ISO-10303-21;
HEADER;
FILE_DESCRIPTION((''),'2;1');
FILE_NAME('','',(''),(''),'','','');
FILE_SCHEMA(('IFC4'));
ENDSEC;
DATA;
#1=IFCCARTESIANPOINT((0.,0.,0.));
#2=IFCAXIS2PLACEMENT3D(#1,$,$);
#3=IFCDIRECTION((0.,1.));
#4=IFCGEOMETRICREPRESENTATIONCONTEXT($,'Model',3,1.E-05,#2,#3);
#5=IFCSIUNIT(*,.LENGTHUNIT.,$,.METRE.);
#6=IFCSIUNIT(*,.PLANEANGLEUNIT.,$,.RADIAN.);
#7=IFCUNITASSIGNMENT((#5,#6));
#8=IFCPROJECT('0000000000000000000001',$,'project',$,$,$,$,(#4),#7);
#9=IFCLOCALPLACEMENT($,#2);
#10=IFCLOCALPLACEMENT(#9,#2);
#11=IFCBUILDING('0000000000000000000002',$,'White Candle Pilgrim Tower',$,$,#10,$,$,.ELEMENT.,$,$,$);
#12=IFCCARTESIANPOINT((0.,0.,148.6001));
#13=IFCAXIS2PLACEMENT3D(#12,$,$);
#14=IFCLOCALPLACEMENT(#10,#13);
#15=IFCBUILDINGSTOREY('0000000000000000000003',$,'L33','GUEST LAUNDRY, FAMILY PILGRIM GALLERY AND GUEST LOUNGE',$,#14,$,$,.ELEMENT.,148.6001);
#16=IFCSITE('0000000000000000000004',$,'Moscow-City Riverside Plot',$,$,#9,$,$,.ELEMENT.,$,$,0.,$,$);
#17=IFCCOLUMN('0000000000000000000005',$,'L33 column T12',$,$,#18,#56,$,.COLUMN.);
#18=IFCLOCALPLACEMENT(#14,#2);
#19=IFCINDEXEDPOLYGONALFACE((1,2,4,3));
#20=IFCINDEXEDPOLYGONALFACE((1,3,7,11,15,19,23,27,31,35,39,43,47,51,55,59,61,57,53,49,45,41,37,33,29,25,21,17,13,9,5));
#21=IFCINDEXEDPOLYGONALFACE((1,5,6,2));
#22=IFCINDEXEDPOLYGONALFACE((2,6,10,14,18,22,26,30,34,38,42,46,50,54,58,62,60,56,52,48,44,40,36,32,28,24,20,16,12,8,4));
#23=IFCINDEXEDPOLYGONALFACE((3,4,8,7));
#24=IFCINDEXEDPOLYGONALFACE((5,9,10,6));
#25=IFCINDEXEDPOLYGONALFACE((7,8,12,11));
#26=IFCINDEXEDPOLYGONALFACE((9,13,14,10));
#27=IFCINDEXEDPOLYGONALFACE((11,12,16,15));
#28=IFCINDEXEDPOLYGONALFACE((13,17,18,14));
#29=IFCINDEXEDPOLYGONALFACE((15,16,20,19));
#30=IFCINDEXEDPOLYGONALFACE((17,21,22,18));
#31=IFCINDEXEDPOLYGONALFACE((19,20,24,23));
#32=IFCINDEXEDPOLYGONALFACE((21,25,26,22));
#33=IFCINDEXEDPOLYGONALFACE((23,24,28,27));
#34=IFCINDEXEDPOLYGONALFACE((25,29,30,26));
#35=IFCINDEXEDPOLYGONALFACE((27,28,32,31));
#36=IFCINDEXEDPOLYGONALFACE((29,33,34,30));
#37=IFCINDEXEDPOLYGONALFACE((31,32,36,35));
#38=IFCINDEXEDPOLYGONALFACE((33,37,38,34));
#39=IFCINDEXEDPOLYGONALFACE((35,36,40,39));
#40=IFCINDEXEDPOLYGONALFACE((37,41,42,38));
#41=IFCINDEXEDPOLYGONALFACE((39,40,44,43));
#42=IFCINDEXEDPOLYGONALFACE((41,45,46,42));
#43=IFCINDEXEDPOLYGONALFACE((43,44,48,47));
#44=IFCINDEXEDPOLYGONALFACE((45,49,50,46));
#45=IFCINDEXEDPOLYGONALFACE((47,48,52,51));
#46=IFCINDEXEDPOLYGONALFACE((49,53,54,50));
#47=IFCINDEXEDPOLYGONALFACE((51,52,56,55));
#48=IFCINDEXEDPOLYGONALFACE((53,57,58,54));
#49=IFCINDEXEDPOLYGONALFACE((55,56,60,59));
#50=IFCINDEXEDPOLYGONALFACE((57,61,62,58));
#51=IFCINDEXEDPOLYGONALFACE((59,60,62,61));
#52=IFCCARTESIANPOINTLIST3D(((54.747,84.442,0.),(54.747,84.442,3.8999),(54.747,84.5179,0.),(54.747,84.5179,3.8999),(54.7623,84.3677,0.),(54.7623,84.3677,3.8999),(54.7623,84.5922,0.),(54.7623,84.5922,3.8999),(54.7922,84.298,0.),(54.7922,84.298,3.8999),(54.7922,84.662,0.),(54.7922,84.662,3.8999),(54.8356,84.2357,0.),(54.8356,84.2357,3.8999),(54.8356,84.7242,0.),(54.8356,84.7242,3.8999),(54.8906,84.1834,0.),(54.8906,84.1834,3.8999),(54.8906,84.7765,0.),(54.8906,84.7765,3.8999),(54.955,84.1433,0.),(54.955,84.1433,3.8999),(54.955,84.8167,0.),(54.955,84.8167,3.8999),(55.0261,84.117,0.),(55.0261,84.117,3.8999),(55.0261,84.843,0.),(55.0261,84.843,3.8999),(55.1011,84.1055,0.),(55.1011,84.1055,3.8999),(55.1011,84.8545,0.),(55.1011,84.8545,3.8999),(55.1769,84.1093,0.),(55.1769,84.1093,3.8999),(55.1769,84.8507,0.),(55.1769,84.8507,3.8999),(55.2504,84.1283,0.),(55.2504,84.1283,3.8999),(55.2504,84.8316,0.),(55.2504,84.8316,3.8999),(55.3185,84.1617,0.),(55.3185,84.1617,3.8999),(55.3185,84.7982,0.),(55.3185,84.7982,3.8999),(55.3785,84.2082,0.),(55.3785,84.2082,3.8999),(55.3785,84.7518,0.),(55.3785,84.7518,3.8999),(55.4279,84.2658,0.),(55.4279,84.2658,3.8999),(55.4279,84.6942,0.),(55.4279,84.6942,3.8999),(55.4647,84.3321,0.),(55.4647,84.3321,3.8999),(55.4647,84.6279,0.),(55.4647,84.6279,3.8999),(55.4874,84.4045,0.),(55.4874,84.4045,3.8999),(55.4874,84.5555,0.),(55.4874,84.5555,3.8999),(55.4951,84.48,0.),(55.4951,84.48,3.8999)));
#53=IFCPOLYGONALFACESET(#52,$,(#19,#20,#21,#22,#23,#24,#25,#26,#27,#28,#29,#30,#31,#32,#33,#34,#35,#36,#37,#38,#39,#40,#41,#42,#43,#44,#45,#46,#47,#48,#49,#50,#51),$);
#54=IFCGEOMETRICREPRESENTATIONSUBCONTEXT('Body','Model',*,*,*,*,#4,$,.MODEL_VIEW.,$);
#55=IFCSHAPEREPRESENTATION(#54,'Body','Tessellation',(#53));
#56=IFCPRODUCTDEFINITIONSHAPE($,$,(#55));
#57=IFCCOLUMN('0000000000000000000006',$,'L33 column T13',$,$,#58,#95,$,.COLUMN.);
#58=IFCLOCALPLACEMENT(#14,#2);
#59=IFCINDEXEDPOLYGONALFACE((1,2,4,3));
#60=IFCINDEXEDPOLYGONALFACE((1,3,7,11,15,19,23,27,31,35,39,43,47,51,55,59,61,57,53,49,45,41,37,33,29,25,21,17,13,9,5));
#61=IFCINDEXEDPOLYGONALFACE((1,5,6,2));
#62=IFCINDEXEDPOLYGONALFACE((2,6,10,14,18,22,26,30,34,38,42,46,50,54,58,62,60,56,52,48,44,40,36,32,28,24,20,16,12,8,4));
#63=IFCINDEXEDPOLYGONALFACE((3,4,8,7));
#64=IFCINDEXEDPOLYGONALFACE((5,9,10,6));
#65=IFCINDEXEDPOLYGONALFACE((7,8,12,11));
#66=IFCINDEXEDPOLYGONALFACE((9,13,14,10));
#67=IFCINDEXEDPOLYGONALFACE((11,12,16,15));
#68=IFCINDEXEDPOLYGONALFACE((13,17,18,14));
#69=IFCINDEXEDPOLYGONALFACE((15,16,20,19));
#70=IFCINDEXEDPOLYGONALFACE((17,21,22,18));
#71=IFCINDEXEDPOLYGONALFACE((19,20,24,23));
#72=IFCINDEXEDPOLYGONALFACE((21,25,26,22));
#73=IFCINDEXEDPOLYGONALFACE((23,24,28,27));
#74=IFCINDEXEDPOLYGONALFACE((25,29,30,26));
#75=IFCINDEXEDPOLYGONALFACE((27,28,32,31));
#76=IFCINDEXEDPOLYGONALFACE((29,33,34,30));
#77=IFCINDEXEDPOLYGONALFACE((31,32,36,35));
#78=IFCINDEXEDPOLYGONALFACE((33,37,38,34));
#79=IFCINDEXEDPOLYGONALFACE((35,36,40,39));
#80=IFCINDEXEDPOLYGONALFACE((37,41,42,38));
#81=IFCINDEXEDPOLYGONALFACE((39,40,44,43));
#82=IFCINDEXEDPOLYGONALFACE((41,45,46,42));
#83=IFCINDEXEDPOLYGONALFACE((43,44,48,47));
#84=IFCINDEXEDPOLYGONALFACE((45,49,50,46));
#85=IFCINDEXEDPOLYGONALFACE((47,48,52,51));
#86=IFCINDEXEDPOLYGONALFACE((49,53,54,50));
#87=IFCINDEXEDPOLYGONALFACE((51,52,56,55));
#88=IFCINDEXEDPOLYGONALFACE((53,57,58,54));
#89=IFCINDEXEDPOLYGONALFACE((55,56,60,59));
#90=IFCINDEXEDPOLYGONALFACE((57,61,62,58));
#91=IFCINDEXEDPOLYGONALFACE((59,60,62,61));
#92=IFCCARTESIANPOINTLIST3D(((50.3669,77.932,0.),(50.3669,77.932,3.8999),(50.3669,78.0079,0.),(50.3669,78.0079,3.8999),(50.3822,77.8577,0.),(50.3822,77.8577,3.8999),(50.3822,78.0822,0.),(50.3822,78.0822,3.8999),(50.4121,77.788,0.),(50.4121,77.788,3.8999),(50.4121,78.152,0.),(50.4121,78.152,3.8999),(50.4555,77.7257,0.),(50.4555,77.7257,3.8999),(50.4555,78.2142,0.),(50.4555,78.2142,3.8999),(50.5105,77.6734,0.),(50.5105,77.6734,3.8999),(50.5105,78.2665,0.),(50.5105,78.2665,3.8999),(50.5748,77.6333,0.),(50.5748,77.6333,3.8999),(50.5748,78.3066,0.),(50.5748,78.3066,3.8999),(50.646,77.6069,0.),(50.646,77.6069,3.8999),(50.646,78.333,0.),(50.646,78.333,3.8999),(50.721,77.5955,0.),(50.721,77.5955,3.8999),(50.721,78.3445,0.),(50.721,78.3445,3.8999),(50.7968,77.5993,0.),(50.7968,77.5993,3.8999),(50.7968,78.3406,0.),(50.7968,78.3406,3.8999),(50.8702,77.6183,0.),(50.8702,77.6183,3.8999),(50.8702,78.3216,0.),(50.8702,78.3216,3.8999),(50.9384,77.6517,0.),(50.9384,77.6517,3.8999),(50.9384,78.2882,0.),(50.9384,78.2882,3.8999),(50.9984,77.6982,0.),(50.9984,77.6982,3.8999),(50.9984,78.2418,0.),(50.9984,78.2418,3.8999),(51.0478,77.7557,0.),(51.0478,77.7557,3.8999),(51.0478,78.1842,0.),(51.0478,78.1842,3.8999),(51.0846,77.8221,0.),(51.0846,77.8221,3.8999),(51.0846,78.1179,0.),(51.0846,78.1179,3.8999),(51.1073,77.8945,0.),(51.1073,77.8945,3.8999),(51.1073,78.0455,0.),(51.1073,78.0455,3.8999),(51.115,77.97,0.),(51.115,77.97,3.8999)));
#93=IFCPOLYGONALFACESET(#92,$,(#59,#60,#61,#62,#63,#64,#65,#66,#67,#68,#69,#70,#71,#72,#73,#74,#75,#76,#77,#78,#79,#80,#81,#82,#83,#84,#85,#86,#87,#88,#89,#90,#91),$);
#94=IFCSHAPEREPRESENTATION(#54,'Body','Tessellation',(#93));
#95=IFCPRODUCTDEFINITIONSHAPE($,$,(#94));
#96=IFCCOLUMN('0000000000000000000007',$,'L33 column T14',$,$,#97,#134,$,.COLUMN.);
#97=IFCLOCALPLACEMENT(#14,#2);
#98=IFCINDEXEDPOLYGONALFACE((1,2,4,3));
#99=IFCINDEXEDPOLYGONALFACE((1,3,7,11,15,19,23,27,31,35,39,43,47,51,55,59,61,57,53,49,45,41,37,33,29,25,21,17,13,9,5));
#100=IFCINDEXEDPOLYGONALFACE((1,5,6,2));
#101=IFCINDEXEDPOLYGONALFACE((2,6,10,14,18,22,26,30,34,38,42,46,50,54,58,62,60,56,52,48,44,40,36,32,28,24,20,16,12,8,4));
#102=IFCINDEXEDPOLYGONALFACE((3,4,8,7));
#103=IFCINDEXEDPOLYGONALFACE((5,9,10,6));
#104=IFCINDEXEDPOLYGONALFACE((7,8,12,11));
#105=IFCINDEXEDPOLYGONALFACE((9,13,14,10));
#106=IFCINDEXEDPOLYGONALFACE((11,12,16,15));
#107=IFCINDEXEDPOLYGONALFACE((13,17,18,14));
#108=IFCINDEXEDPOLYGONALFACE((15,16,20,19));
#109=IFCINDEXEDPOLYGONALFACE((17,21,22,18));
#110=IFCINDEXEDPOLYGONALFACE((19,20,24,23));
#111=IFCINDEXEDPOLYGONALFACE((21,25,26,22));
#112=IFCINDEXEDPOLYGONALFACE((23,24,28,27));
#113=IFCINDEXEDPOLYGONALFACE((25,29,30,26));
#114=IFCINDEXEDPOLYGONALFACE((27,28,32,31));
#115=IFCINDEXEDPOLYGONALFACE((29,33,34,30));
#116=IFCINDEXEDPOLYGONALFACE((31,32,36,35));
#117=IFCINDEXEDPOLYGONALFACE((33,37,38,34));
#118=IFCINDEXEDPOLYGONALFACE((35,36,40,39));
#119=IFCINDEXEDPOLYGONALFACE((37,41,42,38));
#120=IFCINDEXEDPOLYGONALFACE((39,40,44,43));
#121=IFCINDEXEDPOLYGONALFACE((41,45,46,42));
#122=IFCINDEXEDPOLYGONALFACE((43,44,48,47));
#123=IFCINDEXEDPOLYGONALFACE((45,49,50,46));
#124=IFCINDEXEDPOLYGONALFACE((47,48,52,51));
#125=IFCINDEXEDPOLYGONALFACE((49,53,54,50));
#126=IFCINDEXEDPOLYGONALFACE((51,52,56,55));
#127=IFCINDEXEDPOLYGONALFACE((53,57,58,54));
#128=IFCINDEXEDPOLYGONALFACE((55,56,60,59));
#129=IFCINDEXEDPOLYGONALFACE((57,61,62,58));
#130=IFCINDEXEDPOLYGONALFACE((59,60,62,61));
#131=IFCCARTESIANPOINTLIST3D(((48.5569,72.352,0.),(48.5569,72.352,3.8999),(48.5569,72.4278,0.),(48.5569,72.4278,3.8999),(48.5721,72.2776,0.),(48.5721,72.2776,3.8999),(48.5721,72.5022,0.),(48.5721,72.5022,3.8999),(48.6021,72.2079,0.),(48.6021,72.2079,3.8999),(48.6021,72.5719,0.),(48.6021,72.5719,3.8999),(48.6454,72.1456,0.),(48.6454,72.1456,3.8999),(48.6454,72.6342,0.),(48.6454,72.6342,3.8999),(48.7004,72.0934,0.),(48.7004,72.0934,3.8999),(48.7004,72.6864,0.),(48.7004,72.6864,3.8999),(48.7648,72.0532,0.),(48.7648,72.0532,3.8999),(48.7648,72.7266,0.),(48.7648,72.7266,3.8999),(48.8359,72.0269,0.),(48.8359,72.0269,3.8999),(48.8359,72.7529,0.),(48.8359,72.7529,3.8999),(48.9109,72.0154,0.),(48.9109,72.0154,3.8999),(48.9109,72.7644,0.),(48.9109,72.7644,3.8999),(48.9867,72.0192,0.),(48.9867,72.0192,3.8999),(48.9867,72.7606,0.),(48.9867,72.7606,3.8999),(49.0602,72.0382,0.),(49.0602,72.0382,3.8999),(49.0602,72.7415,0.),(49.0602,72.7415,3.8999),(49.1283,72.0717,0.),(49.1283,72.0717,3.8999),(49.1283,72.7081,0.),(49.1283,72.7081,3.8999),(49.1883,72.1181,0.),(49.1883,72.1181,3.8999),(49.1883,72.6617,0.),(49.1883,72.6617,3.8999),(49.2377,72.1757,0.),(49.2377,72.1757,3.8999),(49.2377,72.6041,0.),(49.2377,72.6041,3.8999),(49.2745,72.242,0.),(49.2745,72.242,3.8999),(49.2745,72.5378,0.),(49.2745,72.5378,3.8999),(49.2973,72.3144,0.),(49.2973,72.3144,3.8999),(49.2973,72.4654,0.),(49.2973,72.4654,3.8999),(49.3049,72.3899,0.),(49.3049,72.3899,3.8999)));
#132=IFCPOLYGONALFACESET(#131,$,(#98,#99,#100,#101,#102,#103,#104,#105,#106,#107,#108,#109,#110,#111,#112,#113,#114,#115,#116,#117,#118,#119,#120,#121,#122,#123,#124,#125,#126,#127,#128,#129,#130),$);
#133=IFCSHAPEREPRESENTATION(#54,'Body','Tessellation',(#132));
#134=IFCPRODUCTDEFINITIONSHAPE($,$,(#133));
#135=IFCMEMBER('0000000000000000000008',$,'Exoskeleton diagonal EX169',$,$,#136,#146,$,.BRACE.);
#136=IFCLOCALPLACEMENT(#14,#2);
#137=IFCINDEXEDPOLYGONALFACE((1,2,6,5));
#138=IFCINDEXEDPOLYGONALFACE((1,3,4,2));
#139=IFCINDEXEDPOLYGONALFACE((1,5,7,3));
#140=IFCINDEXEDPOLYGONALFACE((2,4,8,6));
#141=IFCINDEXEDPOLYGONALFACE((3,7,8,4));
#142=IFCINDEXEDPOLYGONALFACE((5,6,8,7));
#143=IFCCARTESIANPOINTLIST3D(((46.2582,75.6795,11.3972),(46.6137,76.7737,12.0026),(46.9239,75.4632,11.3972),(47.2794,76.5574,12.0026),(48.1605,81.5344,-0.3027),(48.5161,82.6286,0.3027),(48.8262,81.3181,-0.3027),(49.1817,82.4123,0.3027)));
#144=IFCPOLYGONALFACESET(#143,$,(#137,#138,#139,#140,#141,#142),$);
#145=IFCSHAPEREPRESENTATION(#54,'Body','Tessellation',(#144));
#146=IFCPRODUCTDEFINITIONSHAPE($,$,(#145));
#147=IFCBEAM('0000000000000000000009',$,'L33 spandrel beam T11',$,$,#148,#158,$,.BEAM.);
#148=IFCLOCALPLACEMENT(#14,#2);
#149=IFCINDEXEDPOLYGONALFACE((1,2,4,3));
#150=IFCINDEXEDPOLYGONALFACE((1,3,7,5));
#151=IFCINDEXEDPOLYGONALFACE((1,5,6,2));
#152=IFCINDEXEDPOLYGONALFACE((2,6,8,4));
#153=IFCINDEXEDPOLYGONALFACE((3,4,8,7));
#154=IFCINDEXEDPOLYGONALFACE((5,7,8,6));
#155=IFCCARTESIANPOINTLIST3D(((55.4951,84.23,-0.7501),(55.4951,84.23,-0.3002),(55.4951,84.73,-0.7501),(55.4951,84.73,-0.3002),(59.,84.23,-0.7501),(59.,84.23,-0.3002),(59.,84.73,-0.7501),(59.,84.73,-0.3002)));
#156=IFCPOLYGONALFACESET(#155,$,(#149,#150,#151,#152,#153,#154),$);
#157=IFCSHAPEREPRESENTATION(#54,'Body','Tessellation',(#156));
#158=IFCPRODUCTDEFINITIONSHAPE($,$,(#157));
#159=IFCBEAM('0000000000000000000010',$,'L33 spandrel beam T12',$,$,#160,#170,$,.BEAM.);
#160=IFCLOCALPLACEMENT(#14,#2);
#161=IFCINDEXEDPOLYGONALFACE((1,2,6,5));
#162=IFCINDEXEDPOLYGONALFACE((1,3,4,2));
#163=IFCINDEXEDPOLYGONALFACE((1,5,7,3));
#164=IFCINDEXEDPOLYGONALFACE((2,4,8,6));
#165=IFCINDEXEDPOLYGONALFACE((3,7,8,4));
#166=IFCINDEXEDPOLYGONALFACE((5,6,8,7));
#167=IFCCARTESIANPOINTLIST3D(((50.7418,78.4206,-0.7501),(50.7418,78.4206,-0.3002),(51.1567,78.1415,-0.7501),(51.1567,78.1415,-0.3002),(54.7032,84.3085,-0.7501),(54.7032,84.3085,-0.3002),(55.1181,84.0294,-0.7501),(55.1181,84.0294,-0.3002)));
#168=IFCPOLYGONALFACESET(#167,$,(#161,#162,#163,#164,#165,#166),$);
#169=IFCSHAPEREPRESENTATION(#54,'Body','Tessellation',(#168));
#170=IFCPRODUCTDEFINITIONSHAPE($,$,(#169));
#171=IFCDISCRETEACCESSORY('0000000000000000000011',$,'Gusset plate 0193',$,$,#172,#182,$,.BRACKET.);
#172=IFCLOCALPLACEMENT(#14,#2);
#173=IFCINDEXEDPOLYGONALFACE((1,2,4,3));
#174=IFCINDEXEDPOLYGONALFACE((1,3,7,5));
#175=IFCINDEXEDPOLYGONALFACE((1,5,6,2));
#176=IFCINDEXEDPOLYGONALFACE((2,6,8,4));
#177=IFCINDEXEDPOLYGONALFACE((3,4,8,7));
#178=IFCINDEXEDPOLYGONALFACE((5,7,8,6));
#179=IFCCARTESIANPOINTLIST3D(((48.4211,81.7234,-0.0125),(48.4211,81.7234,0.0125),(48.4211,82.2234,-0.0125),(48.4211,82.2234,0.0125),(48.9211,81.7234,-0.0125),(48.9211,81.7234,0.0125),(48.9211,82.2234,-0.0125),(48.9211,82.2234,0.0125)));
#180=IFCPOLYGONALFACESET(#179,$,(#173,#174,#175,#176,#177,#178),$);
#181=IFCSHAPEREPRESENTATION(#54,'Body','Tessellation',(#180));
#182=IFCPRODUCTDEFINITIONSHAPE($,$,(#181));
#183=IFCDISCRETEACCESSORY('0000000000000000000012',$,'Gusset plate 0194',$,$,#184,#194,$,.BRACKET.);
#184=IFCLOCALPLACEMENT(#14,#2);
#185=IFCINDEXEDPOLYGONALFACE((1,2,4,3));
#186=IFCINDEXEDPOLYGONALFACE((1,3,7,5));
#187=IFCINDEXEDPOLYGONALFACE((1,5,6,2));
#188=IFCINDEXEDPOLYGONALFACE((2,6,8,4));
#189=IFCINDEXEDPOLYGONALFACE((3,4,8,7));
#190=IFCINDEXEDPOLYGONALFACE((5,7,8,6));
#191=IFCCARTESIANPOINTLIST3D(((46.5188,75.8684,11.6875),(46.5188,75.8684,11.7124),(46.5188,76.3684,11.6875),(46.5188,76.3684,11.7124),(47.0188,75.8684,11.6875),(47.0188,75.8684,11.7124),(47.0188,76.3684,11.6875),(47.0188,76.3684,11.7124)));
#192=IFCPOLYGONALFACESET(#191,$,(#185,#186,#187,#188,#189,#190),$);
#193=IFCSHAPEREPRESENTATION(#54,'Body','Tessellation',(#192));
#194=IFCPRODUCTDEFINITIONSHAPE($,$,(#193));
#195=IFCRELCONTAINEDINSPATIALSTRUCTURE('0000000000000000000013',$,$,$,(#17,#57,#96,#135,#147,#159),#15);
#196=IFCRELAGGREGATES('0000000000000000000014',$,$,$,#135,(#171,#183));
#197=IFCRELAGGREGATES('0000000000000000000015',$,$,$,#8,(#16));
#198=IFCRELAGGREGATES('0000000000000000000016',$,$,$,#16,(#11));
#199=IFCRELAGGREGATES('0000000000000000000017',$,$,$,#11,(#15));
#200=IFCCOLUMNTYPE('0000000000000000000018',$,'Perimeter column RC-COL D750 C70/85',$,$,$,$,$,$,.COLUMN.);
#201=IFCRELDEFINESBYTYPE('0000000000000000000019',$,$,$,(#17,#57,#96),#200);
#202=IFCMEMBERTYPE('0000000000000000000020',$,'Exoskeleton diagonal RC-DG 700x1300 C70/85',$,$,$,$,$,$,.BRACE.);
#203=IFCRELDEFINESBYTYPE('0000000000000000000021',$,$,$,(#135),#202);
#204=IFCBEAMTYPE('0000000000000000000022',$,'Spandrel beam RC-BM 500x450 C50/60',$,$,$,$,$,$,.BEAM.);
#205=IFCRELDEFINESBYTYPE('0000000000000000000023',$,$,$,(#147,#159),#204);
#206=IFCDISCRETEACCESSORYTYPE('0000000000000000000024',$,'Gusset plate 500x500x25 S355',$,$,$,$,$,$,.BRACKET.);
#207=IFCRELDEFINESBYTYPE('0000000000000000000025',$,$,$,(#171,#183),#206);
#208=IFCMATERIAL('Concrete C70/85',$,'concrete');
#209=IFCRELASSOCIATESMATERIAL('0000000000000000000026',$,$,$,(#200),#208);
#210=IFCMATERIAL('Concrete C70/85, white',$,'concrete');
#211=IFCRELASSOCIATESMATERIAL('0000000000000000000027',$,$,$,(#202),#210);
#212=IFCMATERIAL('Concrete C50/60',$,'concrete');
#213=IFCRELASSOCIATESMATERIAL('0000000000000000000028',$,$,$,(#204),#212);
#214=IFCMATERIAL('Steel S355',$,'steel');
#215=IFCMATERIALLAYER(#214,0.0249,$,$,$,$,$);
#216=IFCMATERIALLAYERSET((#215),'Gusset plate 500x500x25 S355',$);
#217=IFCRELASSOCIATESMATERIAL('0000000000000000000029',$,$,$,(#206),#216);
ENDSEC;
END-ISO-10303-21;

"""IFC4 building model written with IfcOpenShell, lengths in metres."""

from ifc_helpers import new_model, si_unit, direction, frame, origin, origin_2d, place, context, subcontext, project, spatial, rectangle, circle, extrude, material, layer, layer_set, material_profile, profile_set, type_object, element, aggregate, save


model = new_model("IFC4")

# Units and contexts
model_context = context("Model", 3, precision=1e-05, world=origin(), true_north=direction((0.0, 1.0)))
body_context = subcontext(model_context, "Body", "Model", "MODEL_VIEW")
ifc_project = project(units=[si_unit("LENGTHUNIT", "METRE"), si_unit("PLANEANGLEUNIT", "RADIAN")], contexts=[model_context])

# Site, building, storey
site_placement = place(None, origin())
site = spatial("IfcSite", under=ifc_project, at=site_placement, Name="Moscow-City Riverside Plot", CompositionType="ELEMENT", RefElevation=0.0)
building_placement = place(site_placement, origin())
building = spatial("IfcBuilding", under=site, at=building_placement, Name="White Candle Pilgrim Tower", CompositionType="ELEMENT")
storey_placement = place(building_placement, frame((0.0, 0.0, 148.6001)))
storey = spatial("IfcBuildingStorey", under=building, at=storey_placement, Name="L33", Description="GUEST LAUNDRY, FAMILY PILGRIM GALLERY AND GUEST LOUNGE", CompositionType="ELEMENT", Elevation=148.6001)

# Columns
ifc_material_1 = material(Name="Concrete C70/85", Category="concrete")
ifc_material_profile_1 = material_profile(ifc_material_1, circle(Radius=0.375, at=origin_2d()), Name="RC-COL D750")
ifc_profile_set_1 = profile_set([ifc_material_profile_1], Name="Concrete C70/85")
column_type = type_object("IfcColumnType", Name="Perimeter column RC-COL D750 C70/85", PredefinedType="COLUMN", material=ifc_profile_set_1)
for number, where, z_axis, x_axis, name in (
    (1, (55.1201, 84.48, 0.0), (0.0, 0.0, 1.0), (1.0, 0.0, 0.0), "L33 column T12"),
    (2, (50.74, 77.97, 0.0), (0.0, 0.0, 1.0), (1.0, 0.0, 0.0), "L33 column T13"),
    (3, (48.9299, 72.3899, 0.0), (0.0, 0.0, 1.0), (1.0, 0.0, 0.0), "L33 column T14"),
):
    element("IfcColumn", number, at=place(storey_placement, frame(where, z_axis=z_axis, x_axis=x_axis)), inside=storey, type_object=column_type, Name=name, PredefinedType="COLUMN", context=body_context, shape_type="SweptSolid", body=[
        extrude(circle(Radius=0.375, at=origin_2d()), origin(), (0.0, 0.0, 1.0), 3.8999),
    ])

# Member
ifc_material_2 = material(Name="Concrete C70/85, white", Category="concrete")
ifc_material_profile_2 = material_profile(ifc_material_2, rectangle(XDim=0.7, YDim=1.3, at=origin_2d()), Name="RC-DG 700x1300")
ifc_profile_set_2 = profile_set([ifc_material_profile_2], Name="Concrete C70/85, white")
member_type = type_object("IfcMemberType", Name="Exoskeleton diagonal RC-DG 700x1300 C70/85", PredefinedType="BRACE", material=ifc_profile_set_2)
member_placement = place(storey_placement, frame((48.6711, 81.9734, 0.0), z_axis=(-0.143891, -0.442863, 0.884968), x_axis=(0.951059, -0.309009, 0.0)))
member = element("IfcMember", 4, at=member_placement, inside=storey, type_object=member_type, Name="Exoskeleton diagonal EX169", PredefinedType="BRACE", context=body_context, shape_type="SweptSolid", body=[
    extrude(rectangle(XDim=0.7, YDim=1.3, at=origin_2d()), origin(), (0.0, 0.0, 1.0), 13.2207),
])

# Beams
ifc_material_3 = material(Name="Concrete C50/60", Category="concrete")
ifc_material_profile_3 = material_profile(ifc_material_3, rectangle(XDim=0.5, YDim=0.45, at=origin_2d()), Name="RC-BM 500x450")
ifc_profile_set_3 = profile_set([ifc_material_profile_3], Name="Concrete C50/60")
beam_type = type_object("IfcBeamType", Name="Spandrel beam RC-BM 500x450 C50/60", PredefinedType="BEAM", material=ifc_profile_set_3)
beam_1_placement = place(storey_placement, frame((55.4951, 84.48, -0.5251), z_axis=(1.0, 0.0, 0.0), x_axis=(0.0, 1.0, 0.0)))
element("IfcBeam", 5, at=beam_1_placement, inside=storey, type_object=beam_type, Name="L33 spandrel beam T11", PredefinedType="BEAM", context=body_context, shape_type="SweptSolid", body=[
    extrude(rectangle(XDim=0.5, YDim=0.45, at=origin_2d()), origin(), (0.0, 0.0, 1.0), 3.5049),
])
beam_2_placement = place(storey_placement, frame((54.9106, 84.1689, -0.5251), z_axis=(-0.55822, -0.829693, 0.0), x_axis=(0.829693, -0.55822, 0.0)))
element("IfcBeam", 6, at=beam_2_placement, inside=storey, type_object=beam_type, Name="L33 spandrel beam T12", PredefinedType="BEAM", context=body_context, shape_type="SweptSolid", body=[
    extrude(rectangle(XDim=0.5, YDim=0.45, at=origin_2d()), origin(), (0.0, 0.0, 1.0), 7.0964),
])

# Discrete accessories
ifc_material_4 = material(Name="Steel S355", Category="steel")
ifc_layer_1 = layer(ifc_material_4, 0.0249)
ifc_layer_set_1 = layer_set([ifc_layer_1], Name="Gusset plate 500x500x25 S355")
discrete_accessory_type = type_object("IfcDiscreteAccessoryType", Name="Gusset plate 500x500x25 S355", PredefinedType="BRACKET", material=ifc_layer_set_1)
discrete_accessory_1_placement = place(storey_placement, frame((48.6711, 81.9734, -0.0125), z_axis=(0.0, 0.0, 1.0), x_axis=(1.0, 0.0, 0.0)))
discrete_accessory_1 = element("IfcDiscreteAccessory", 7, at=discrete_accessory_1_placement, type_object=discrete_accessory_type, Name="Gusset plate 0193", PredefinedType="BRACKET", context=body_context, shape_type="SweptSolid", body=[
    extrude(rectangle(XDim=0.5, YDim=0.5, at=origin_2d()), origin(), (0.0, 0.0, 1.0), 0.0249),
])
placement = place(building_placement, frame((0.0, 0.0, 160.3)))
discrete_accessory_2_placement = place(placement, frame((46.7688, 76.1184, -0.0125), z_axis=(0.0, 0.0, 1.0), x_axis=(1.0, 0.0, 0.0)))
discrete_accessory_2 = element("IfcDiscreteAccessory", 8, at=discrete_accessory_2_placement, type_object=discrete_accessory_type, Name="Gusset plate 0194", PredefinedType="BRACKET", context=body_context, shape_type="SweptSolid", body=[
    extrude(rectangle(XDim=0.5, YDim=0.5, at=origin_2d()), origin(), (0.0, 0.0, 1.0), 0.0249),
])
aggregate(member, [discrete_accessory_1, discrete_accessory_2])

save(model, "model.ifc")
